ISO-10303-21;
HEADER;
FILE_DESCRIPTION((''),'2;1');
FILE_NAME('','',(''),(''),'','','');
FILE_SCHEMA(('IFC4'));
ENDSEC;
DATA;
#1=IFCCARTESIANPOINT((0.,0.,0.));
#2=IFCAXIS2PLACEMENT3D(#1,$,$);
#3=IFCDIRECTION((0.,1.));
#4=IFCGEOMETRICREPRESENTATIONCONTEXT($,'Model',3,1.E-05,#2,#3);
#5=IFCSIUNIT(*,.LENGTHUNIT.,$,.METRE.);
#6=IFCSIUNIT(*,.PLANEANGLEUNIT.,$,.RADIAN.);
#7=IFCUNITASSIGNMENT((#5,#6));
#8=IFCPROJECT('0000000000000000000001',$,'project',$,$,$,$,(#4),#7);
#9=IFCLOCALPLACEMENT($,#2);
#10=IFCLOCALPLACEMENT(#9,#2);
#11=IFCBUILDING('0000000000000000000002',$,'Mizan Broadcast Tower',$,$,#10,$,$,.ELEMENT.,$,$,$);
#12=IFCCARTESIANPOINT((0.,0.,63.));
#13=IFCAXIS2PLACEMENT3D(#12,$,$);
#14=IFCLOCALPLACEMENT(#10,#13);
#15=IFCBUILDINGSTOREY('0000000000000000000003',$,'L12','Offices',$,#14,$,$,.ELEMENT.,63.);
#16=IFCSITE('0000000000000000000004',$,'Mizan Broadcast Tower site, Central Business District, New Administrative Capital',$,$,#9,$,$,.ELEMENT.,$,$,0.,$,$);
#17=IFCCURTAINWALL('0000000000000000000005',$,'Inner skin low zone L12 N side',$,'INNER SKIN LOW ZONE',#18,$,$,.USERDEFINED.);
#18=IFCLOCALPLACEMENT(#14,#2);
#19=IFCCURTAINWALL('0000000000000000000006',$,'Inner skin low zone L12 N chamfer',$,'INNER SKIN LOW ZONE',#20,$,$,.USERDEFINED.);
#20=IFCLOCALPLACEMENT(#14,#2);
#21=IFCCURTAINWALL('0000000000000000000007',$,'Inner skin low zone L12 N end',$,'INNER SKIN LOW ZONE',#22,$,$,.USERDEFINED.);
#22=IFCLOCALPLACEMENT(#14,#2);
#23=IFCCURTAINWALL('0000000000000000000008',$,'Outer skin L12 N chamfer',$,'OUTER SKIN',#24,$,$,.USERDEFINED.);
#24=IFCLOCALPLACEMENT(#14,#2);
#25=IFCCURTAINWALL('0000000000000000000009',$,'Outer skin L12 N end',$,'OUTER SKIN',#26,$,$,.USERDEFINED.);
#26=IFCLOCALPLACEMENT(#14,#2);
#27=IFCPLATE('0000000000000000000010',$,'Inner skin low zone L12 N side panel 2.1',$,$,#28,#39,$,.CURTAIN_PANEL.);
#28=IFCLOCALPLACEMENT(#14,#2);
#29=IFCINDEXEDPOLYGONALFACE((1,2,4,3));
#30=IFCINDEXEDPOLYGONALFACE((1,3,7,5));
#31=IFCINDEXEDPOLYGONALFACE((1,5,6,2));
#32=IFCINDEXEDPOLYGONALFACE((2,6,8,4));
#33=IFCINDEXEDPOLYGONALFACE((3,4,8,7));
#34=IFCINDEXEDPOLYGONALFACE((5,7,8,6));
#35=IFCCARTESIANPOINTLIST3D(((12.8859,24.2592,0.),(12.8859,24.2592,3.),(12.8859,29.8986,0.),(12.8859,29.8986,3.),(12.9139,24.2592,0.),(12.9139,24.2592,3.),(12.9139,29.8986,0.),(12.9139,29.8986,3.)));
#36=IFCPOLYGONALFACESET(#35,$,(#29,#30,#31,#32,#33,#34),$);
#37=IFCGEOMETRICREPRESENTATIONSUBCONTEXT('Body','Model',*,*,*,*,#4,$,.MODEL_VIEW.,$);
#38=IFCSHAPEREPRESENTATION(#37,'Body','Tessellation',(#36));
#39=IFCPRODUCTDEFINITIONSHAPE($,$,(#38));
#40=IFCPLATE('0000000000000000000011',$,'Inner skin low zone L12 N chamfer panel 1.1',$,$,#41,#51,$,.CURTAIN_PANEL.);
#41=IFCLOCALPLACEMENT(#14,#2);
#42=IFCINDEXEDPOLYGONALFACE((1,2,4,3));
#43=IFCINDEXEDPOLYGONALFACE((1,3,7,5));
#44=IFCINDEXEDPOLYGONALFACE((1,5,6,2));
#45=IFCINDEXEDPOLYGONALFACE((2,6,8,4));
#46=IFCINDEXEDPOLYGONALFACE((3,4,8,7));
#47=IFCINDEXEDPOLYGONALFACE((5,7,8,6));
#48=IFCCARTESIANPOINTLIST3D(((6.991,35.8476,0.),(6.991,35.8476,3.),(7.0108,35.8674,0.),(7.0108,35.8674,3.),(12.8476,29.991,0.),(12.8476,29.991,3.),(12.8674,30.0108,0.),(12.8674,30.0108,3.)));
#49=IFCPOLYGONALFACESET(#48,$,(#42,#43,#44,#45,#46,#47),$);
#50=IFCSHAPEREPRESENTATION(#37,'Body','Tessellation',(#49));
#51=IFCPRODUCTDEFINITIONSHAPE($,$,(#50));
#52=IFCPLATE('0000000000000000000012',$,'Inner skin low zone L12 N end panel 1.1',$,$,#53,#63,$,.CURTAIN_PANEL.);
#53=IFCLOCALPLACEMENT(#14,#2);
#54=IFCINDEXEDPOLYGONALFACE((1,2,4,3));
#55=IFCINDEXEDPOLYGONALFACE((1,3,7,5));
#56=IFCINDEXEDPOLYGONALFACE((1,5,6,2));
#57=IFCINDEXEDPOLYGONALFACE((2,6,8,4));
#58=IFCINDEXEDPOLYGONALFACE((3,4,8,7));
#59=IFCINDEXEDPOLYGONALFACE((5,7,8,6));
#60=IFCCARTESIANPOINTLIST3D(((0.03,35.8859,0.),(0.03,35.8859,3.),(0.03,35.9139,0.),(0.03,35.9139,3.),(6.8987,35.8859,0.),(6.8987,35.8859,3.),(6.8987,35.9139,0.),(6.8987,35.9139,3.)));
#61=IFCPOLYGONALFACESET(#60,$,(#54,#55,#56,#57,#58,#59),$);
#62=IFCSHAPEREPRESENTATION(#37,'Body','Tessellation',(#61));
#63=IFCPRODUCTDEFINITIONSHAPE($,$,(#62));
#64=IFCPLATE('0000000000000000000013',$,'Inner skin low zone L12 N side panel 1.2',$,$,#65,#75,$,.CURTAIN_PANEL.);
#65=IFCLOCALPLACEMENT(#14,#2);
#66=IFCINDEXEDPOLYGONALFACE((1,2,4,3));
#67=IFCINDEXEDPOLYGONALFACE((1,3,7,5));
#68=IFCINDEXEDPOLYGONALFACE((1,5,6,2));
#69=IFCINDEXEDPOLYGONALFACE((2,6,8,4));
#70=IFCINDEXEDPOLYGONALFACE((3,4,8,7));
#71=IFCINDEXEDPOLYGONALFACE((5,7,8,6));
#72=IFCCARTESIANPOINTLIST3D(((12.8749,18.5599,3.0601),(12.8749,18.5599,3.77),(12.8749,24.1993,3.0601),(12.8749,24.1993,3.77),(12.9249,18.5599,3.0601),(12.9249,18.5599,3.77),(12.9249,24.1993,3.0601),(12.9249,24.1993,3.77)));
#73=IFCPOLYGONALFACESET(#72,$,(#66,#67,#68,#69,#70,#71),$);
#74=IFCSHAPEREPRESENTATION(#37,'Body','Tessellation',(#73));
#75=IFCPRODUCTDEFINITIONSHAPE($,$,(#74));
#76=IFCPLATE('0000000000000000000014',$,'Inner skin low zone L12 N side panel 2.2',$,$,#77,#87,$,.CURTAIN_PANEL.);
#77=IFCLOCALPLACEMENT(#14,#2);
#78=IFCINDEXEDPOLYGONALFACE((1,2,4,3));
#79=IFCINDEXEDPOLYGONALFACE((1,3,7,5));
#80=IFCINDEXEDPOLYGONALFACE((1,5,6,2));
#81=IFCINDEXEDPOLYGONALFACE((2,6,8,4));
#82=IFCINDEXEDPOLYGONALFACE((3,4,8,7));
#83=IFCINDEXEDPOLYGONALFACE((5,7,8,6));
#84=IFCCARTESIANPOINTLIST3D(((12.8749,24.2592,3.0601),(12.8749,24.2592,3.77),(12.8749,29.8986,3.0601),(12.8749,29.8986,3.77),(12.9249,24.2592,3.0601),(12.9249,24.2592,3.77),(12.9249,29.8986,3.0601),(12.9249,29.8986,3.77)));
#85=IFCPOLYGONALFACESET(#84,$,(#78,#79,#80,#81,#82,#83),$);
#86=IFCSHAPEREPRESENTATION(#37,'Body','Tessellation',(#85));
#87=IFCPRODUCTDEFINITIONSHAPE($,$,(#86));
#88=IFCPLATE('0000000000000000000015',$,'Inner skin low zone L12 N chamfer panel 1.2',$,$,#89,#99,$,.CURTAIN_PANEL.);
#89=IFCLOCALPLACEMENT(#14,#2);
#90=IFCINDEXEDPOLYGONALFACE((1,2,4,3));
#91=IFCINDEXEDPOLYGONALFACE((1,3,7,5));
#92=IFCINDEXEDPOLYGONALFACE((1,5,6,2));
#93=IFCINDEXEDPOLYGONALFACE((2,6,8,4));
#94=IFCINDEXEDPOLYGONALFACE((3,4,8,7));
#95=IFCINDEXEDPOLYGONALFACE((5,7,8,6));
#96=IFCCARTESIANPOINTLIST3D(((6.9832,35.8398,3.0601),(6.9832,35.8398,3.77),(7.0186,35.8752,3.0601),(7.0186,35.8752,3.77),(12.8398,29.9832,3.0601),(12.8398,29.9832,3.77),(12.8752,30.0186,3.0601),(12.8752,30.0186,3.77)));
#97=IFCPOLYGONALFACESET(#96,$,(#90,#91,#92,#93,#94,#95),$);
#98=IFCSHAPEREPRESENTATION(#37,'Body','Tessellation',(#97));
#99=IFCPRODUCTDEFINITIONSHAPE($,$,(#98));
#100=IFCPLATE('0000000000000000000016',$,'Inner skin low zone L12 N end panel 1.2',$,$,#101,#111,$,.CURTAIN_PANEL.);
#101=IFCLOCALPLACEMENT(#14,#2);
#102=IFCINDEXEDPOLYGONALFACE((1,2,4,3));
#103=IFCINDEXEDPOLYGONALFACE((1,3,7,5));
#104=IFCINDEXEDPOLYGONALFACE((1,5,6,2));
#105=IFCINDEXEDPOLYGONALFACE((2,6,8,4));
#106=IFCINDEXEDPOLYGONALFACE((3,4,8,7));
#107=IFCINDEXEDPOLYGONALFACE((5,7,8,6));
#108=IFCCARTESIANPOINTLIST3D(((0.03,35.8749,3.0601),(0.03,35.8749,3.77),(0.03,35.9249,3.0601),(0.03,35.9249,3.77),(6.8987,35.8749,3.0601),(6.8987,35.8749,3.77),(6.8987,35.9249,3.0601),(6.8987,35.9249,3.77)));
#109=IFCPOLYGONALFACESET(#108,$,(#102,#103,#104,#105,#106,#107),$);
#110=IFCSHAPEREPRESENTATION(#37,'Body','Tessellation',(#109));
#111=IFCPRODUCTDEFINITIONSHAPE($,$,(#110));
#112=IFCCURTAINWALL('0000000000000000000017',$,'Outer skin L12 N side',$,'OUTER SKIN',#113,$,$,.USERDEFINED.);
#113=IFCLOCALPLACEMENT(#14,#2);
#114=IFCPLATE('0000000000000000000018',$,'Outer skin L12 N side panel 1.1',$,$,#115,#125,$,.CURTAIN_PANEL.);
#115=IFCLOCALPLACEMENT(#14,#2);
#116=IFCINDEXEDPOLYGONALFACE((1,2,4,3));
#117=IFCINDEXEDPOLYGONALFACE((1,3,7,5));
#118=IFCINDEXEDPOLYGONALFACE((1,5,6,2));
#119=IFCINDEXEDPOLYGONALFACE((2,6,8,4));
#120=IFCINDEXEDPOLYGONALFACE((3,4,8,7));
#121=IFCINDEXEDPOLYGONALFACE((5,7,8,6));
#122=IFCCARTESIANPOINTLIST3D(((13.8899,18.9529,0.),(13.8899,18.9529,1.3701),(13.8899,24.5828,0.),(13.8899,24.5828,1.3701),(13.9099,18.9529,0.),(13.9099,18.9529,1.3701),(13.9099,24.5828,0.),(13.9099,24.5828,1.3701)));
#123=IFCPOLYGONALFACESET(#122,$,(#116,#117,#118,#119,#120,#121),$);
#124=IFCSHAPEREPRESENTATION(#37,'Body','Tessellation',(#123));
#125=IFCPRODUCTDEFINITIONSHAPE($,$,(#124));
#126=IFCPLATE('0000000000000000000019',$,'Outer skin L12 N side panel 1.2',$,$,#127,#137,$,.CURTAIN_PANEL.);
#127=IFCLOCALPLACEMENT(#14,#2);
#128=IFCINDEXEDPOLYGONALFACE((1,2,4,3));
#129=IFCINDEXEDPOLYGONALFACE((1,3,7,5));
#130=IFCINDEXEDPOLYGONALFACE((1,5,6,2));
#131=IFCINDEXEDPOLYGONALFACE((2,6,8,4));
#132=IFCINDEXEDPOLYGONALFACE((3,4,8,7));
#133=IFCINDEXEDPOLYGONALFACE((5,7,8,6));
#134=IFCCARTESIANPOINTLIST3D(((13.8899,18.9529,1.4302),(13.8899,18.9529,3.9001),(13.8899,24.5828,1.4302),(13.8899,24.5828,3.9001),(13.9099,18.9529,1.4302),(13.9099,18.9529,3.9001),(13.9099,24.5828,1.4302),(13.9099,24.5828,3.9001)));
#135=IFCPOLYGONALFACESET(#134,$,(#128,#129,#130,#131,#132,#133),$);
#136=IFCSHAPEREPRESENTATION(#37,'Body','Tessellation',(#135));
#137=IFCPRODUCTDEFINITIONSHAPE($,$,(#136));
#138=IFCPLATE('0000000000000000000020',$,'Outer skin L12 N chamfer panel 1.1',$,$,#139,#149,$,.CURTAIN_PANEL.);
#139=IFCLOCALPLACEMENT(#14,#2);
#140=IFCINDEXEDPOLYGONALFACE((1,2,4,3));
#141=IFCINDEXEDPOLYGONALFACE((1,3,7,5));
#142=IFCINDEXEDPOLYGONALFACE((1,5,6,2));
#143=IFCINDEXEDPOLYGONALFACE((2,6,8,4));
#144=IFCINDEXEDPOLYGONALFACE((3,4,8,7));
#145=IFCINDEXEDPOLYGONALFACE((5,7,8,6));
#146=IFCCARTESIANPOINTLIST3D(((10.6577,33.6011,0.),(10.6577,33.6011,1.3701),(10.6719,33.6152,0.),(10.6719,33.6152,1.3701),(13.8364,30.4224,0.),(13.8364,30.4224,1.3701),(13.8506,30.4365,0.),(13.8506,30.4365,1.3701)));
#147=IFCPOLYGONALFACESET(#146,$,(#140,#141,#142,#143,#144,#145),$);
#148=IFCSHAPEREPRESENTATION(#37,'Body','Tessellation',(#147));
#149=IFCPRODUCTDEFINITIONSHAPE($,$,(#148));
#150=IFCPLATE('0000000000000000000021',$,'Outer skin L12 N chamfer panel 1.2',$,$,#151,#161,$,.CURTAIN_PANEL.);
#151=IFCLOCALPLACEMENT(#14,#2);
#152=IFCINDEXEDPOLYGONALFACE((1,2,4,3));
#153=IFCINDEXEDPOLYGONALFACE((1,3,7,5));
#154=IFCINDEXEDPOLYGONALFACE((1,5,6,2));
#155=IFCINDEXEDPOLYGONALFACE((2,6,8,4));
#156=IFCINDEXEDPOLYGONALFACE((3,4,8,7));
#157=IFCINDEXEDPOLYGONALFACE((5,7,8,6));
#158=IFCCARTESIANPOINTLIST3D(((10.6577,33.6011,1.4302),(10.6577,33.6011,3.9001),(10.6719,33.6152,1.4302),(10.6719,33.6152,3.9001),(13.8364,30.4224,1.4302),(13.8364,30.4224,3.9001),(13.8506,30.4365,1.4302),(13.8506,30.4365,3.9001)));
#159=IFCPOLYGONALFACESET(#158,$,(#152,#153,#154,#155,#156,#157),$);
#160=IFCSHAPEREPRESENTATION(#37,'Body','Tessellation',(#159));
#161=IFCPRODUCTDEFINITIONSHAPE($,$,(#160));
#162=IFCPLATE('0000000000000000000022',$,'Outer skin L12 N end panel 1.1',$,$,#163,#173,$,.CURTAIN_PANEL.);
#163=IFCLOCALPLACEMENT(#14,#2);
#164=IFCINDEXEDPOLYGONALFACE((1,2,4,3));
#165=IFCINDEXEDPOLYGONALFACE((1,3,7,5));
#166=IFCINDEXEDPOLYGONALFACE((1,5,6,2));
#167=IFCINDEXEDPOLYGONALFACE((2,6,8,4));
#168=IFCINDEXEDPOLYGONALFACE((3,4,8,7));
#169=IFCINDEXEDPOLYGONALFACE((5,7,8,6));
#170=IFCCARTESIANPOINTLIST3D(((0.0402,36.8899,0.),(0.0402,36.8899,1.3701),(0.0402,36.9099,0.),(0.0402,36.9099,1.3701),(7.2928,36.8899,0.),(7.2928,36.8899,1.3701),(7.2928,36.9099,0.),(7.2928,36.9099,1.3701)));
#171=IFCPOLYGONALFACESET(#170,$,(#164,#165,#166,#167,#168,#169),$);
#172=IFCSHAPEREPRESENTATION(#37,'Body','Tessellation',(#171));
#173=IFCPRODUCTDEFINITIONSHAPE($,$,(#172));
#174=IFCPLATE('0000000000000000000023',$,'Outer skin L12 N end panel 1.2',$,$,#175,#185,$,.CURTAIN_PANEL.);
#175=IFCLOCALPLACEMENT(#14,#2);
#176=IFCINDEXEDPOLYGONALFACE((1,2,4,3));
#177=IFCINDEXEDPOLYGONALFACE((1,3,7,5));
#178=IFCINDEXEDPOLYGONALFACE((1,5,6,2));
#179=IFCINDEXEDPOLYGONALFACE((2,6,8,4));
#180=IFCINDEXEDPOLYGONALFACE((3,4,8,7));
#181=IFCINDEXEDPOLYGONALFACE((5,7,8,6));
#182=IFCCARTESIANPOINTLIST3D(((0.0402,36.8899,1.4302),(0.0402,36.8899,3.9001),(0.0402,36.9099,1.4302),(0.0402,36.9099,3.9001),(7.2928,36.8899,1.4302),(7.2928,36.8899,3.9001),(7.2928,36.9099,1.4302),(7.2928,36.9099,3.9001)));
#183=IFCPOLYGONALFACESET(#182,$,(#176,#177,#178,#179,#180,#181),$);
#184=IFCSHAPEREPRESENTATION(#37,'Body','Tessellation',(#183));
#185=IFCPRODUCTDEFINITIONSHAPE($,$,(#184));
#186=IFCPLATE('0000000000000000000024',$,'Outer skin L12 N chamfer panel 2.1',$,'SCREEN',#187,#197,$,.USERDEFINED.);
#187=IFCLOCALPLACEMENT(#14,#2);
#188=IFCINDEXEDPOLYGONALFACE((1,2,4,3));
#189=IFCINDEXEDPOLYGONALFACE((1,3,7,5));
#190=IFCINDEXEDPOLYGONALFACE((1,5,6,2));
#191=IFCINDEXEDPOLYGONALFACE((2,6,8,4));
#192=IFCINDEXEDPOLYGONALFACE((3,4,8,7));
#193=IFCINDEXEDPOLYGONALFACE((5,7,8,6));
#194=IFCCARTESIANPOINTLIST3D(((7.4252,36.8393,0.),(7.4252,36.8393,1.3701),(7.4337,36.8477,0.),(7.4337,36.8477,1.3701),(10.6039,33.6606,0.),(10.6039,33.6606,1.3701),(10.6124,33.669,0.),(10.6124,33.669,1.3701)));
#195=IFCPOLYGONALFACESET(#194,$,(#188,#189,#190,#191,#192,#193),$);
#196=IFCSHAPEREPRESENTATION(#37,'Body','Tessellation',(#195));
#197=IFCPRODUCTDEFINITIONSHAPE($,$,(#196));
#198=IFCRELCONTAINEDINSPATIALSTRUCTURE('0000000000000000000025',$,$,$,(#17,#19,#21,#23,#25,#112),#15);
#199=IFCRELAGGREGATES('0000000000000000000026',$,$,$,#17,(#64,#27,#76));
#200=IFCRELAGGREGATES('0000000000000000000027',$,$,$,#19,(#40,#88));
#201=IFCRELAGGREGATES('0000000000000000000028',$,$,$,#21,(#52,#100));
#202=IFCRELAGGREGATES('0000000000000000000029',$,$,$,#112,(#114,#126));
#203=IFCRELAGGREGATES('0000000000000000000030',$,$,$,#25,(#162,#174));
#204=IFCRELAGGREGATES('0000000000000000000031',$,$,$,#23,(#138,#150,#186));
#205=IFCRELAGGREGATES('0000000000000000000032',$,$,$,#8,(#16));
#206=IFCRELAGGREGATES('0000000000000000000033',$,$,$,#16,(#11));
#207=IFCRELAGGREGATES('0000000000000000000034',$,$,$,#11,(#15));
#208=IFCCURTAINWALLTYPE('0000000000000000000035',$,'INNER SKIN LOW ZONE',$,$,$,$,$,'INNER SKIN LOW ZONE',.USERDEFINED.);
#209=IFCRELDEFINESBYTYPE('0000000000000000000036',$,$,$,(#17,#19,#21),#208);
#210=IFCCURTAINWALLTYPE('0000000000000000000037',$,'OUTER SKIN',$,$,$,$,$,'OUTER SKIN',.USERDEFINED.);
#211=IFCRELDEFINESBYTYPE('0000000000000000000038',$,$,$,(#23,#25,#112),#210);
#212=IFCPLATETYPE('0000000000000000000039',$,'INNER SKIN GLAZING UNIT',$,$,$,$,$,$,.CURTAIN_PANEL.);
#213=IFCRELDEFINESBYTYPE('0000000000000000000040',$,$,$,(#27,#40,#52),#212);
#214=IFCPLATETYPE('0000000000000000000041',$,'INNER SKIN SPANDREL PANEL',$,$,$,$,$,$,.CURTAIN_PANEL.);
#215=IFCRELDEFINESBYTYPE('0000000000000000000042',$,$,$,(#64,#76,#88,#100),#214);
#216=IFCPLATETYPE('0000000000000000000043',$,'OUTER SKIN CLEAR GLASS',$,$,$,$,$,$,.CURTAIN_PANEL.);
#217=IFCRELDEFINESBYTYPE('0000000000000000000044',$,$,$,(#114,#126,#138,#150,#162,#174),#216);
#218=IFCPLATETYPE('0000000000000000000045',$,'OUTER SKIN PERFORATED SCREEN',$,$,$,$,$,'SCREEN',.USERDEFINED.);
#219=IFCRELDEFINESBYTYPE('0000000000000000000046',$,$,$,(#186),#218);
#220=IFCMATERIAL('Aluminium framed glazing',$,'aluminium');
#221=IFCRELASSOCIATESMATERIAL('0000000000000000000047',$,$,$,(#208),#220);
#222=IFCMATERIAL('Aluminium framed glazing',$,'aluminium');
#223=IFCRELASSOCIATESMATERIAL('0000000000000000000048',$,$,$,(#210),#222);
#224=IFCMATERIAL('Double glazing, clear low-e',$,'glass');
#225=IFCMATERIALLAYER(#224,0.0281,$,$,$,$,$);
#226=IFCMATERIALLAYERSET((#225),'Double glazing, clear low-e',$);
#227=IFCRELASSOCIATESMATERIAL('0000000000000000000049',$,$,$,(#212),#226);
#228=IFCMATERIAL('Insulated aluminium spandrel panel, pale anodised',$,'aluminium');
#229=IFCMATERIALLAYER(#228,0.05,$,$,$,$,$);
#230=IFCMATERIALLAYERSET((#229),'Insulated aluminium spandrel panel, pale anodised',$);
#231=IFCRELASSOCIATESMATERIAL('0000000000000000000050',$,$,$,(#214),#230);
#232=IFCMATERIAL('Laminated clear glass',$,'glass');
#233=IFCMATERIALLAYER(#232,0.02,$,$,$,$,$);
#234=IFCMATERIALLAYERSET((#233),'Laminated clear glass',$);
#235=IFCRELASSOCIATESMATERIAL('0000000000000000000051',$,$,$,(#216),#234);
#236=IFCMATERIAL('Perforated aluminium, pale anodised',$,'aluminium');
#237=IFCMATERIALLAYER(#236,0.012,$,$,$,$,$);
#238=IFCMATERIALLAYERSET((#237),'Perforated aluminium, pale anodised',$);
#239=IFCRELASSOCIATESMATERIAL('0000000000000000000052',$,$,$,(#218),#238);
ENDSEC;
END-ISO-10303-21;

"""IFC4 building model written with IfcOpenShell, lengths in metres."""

from ifc_helpers import new_model, si_unit, direction, frame, origin, origin_2d, place, context, subcontext, project, spatial, rectangle, extrude, material, layer, layer_set, type_object, element, aggregate, save


model = new_model("IFC4")

# Units and contexts
model_context = context("Model", 3, precision=1e-05, world=origin(), true_north=direction((0.0, 1.0)))
body_context = subcontext(model_context, "Body", "Model", "MODEL_VIEW")
ifc_project = project(units=[si_unit("LENGTHUNIT", "METRE"), si_unit("PLANEANGLEUNIT", "RADIAN")], contexts=[model_context])

# Site, building, storey
site_placement = place(None, origin())
site = spatial("IfcSite", under=ifc_project, at=site_placement, Name="Mizan Broadcast Tower site, Central Business District, New Administrative Capital", CompositionType="ELEMENT", RefElevation=0.0)
building_placement = place(site_placement, origin())
building = spatial("IfcBuilding", under=site, at=building_placement, Name="Mizan Broadcast Tower", CompositionType="ELEMENT")
storey_placement = place(building_placement, frame((0.0, 0.0, 63.0)))
storey = spatial("IfcBuildingStorey", under=building, at=storey_placement, Name="L12", Description="Offices", CompositionType="ELEMENT", Elevation=63.0)

# Curtain wall
ifc_material_1 = material(Name="Aluminium framed glazing", Category="aluminium")
curtain_wall_type_1 = type_object("IfcCurtainWallType", Name="INNER SKIN LOW ZONE", ElementType="INNER SKIN LOW ZONE", PredefinedType="USERDEFINED", material=ifc_material_1)
curtain_wall_1_placement = place(storey_placement, origin())
curtain_wall_1 = element("IfcCurtainWall", 1, at=curtain_wall_1_placement, inside=storey, type_object=curtain_wall_type_1, Name="Inner skin low zone L12 N side", ObjectType="INNER SKIN LOW ZONE", PredefinedType="USERDEFINED")

# Curtain walls
curtain_wall_2_placement = place(storey_placement, origin())
curtain_wall_2 = element("IfcCurtainWall", 2, at=curtain_wall_2_placement, inside=storey, type_object=curtain_wall_type_1, Name="Inner skin low zone L12 N chamfer", ObjectType="INNER SKIN LOW ZONE", PredefinedType="USERDEFINED")
curtain_wall_3_placement = place(storey_placement, origin())
curtain_wall_3 = element("IfcCurtainWall", 3, at=curtain_wall_3_placement, inside=storey, type_object=curtain_wall_type_1, Name="Inner skin low zone L12 N end", ObjectType="INNER SKIN LOW ZONE", PredefinedType="USERDEFINED")

# Curtain wall
ifc_material_2 = material(Name="Aluminium framed glazing", Category="aluminium")
curtain_wall_type_2 = type_object("IfcCurtainWallType", Name="OUTER SKIN", ElementType="OUTER SKIN", PredefinedType="USERDEFINED", material=ifc_material_2)
curtain_wall_4_placement = place(storey_placement, origin())
curtain_wall_4 = element("IfcCurtainWall", 4, at=curtain_wall_4_placement, inside=storey, type_object=curtain_wall_type_2, Name="Outer skin L12 N chamfer", ObjectType="OUTER SKIN", PredefinedType="USERDEFINED")

# Curtain wall
curtain_wall_5_placement = place(storey_placement, origin())
curtain_wall_5 = element("IfcCurtainWall", 5, at=curtain_wall_5_placement, inside=storey, type_object=curtain_wall_type_2, Name="Outer skin L12 N end", ObjectType="OUTER SKIN", PredefinedType="USERDEFINED")

# Plates
ifc_material_3 = material(Name="Double glazing, clear low-e", Category="glass")
ifc_layer_1 = layer(ifc_material_3, 0.0281)
ifc_layer_set_1 = layer_set([ifc_layer_1], Name="Double glazing, clear low-e")
plate_type_1 = type_object("IfcPlateType", Name="INNER SKIN GLAZING UNIT", PredefinedType="CURTAIN_PANEL", material=ifc_layer_set_1)
plate_1_placement = place(storey_placement, frame((12.8999, 27.0789, 0.0), z_axis=(0.0, 0.0, 1.0), x_axis=(0.0, 1.0, 0.0)))
plate_1 = element("IfcPlate", 6, at=plate_1_placement, type_object=plate_type_1, Name="Inner skin low zone L12 N side panel 2.1", PredefinedType="CURTAIN_PANEL", context=body_context, shape_type="SweptSolid", body=[
    extrude(rectangle(XDim=5.6394, YDim=0.0281, at=origin_2d()), origin(), (0.0, 0.0, 1.0), 3.0),
])
plate_2_placement = place(storey_placement, frame((9.9292, 32.9292, 0.0), z_axis=(0.0, 0.0, 1.0), x_axis=(-0.707107, 0.707107, 0.0)))
plate_2 = element("IfcPlate", 7, at=plate_2_placement, type_object=plate_type_1, Name="Inner skin low zone L12 N chamfer panel 1.1", PredefinedType="CURTAIN_PANEL", context=body_context, shape_type="SweptSolid", body=[
    extrude(rectangle(XDim=8.2825, YDim=0.0281, at=origin_2d()), origin(), (0.0, 0.0, 1.0), 3.0),
])
plate_3_placement = place(storey_placement, frame((3.4644, 35.8999, 0.0), z_axis=(0.0, 0.0, 1.0), x_axis=(-1.0, 0.0, 0.0)))
plate_3 = element("IfcPlate", 8, at=plate_3_placement, type_object=plate_type_1, Name="Inner skin low zone L12 N end panel 1.1", PredefinedType="CURTAIN_PANEL", context=body_context, shape_type="SweptSolid", body=[
    extrude(rectangle(XDim=6.8687, YDim=0.0281, at=origin_2d()), origin(), (0.0, 0.0, 1.0), 3.0),
])
ifc_material_4 = material(Name="Insulated aluminium spandrel panel, pale anodised", Category="aluminium")
ifc_layer_2 = layer(ifc_material_4, 0.05)
ifc_layer_set_2 = layer_set([ifc_layer_2], Name="Insulated aluminium spandrel panel, pale anodised")
plate_type_2 = type_object("IfcPlateType", Name="INNER SKIN SPANDREL PANEL", PredefinedType="CURTAIN_PANEL", material=ifc_layer_set_2)
plate_4_placement = place(storey_placement, frame((12.8999, 21.3796, 3.0601), z_axis=(0.0, 0.0, 1.0), x_axis=(0.0, 1.0, 0.0)))
plate_4 = element("IfcPlate", 9, at=plate_4_placement, type_object=plate_type_2, Name="Inner skin low zone L12 N side panel 1.2", PredefinedType="CURTAIN_PANEL", context=body_context, shape_type="SweptSolid", body=[
    extrude(rectangle(XDim=5.6394, YDim=0.05, at=origin_2d()), origin(), (0.0, 0.0, 1.0), 0.71),
])
plate_5_placement = place(storey_placement, frame((12.8999, 27.0789, 3.0601), z_axis=(0.0, 0.0, 1.0), x_axis=(0.0, 1.0, 0.0)))
plate_5 = element("IfcPlate", 10, at=plate_5_placement, type_object=plate_type_2, Name="Inner skin low zone L12 N side panel 2.2", PredefinedType="CURTAIN_PANEL", context=body_context, shape_type="SweptSolid", body=[
    extrude(rectangle(XDim=5.6394, YDim=0.05, at=origin_2d()), origin(), (0.0, 0.0, 1.0), 0.71),
])
aggregate(curtain_wall_1, [plate_4, plate_1, plate_5])
plate_6_placement = place(storey_placement, frame((9.9292, 32.9292, 3.0601), z_axis=(0.0, 0.0, 1.0), x_axis=(-0.707107, 0.707107, 0.0)))
plate_6 = element("IfcPlate", 11, at=plate_6_placement, type_object=plate_type_2, Name="Inner skin low zone L12 N chamfer panel 1.2", PredefinedType="CURTAIN_PANEL", context=body_context, shape_type="SweptSolid", body=[
    extrude(rectangle(XDim=8.2825, YDim=0.05, at=origin_2d()), origin(), (0.0, 0.0, 1.0), 0.71),
])
aggregate(curtain_wall_2, [plate_2, plate_6])
plate_7_placement = place(storey_placement, frame((3.4644, 35.8999, 3.0601), z_axis=(0.0, 0.0, 1.0), x_axis=(-1.0, 0.0, 0.0)))
plate_7 = element("IfcPlate", 12, at=plate_7_placement, type_object=plate_type_2, Name="Inner skin low zone L12 N end panel 1.2", PredefinedType="CURTAIN_PANEL", context=body_context, shape_type="SweptSolid", body=[
    extrude(rectangle(XDim=6.8687, YDim=0.05, at=origin_2d()), origin(), (0.0, 0.0, 1.0), 0.71),
])
aggregate(curtain_wall_3, [plate_3, plate_7])

# Curtain wall, plates
curtain_wall_6_placement = place(storey_placement, origin())
curtain_wall_6 = element("IfcCurtainWall", 13, at=curtain_wall_6_placement, inside=storey, type_object=curtain_wall_type_2, Name="Outer skin L12 N side", ObjectType="OUTER SKIN", PredefinedType="USERDEFINED")
ifc_material_5 = material(Name="Laminated clear glass", Category="glass")
ifc_layer_3 = layer(ifc_material_5, 0.02)
ifc_layer_set_3 = layer_set([ifc_layer_3], Name="Laminated clear glass")
plate_type_3 = type_object("IfcPlateType", Name="OUTER SKIN CLEAR GLASS", PredefinedType="CURTAIN_PANEL", material=ifc_layer_set_3)
plate_8_placement = place(storey_placement, frame((13.8999, 21.7678, 0.0), z_axis=(0.0, 0.0, 1.0), x_axis=(0.0, 1.0, 0.0)))
plate_8 = element("IfcPlate", 14, at=plate_8_placement, type_object=plate_type_3, Name="Outer skin L12 N side panel 1.1", PredefinedType="CURTAIN_PANEL", context=body_context, shape_type="SweptSolid", body=[
    extrude(rectangle(XDim=5.6299, YDim=0.02, at=origin_2d()), origin(), (0.0, 0.0, 1.0), 1.3701),
])
plate_9_placement = place(storey_placement, frame((13.8999, 21.7678, 1.4302), z_axis=(0.0, 0.0, 1.0), x_axis=(0.0, 1.0, 0.0)))
plate_9 = element("IfcPlate", 15, at=plate_9_placement, type_object=plate_type_3, Name="Outer skin L12 N side panel 1.2", PredefinedType="CURTAIN_PANEL", context=body_context, shape_type="SweptSolid", body=[
    extrude(rectangle(XDim=5.6299, YDim=0.02, at=origin_2d()), origin(), (0.0, 0.0, 1.0), 2.47),
])
aggregate(curtain_wall_6, [plate_8, plate_9])

# Plates
plate_10_placement = place(storey_placement, frame((12.2542, 32.0188, 0.0), z_axis=(0.0, 0.0, 1.0), x_axis=(-0.707107, 0.707107, 0.0)))
plate_10 = element("IfcPlate", 16, at=plate_10_placement, type_object=plate_type_3, Name="Outer skin L12 N chamfer panel 1.1", PredefinedType="CURTAIN_PANEL", context=body_context, shape_type="SweptSolid", body=[
    extrude(rectangle(XDim=4.4954, YDim=0.02, at=origin_2d()), origin(), (0.0, 0.0, 1.0), 1.3701),
])
plate_11_placement = place(storey_placement, frame((12.2542, 32.0188, 1.4302), z_axis=(0.0, 0.0, 1.0), x_axis=(-0.707107, 0.707107, 0.0)))
plate_11 = element("IfcPlate", 17, at=plate_11_placement, type_object=plate_type_3, Name="Outer skin L12 N chamfer panel 1.2", PredefinedType="CURTAIN_PANEL", context=body_context, shape_type="SweptSolid", body=[
    extrude(rectangle(XDim=4.4954, YDim=0.02, at=origin_2d()), origin(), (0.0, 0.0, 1.0), 2.47),
])
plate_12_placement = place(storey_placement, frame((3.6665, 36.8999, 0.0), z_axis=(0.0, 0.0, 1.0), x_axis=(-1.0, 0.0, 0.0)))
plate_12 = element("IfcPlate", 18, at=plate_12_placement, type_object=plate_type_3, Name="Outer skin L12 N end panel 1.1", PredefinedType="CURTAIN_PANEL", context=body_context, shape_type="SweptSolid", body=[
    extrude(rectangle(XDim=7.2527, YDim=0.02, at=origin_2d()), origin(), (0.0, 0.0, 1.0), 1.3701),
])
plate_13_placement = place(storey_placement, frame((3.6665, 36.8999, 1.4302), z_axis=(0.0, 0.0, 1.0), x_axis=(-1.0, 0.0, 0.0)))
plate_13 = element("IfcPlate", 19, at=plate_13_placement, type_object=plate_type_3, Name="Outer skin L12 N end panel 1.2", PredefinedType="CURTAIN_PANEL", context=body_context, shape_type="SweptSolid", body=[
    extrude(rectangle(XDim=7.2527, YDim=0.02, at=origin_2d()), origin(), (0.0, 0.0, 1.0), 2.47),
])
aggregate(curtain_wall_5, [plate_12, plate_13])
ifc_material_6 = material(Name="Perforated aluminium, pale anodised", Category="aluminium")
ifc_layer_4 = layer(ifc_material_6, 0.012)
ifc_layer_set_4 = layer_set([ifc_layer_4], Name="Perforated aluminium, pale anodised")
plate_type_4 = type_object("IfcPlateType", Name="OUTER SKIN PERFORATED SCREEN", ElementType="SCREEN", PredefinedType="USERDEFINED", material=ifc_layer_set_4)
plate_14_placement = place(storey_placement, frame((9.0188, 35.2542, 0.0), z_axis=(0.0, 0.0, 1.0), x_axis=(-0.707107, 0.707107, 0.0)))
plate_14 = element("IfcPlate", 20, at=plate_14_placement, type_object=plate_type_4, Name="Outer skin L12 N chamfer panel 2.1", ObjectType="SCREEN", PredefinedType="USERDEFINED", context=body_context, shape_type="SweptSolid", body=[
    extrude(rectangle(XDim=4.4954, YDim=0.012, at=origin_2d()), origin(), (0.0, 0.0, 1.0), 1.3701),
])
aggregate(curtain_wall_4, [plate_10, plate_11, plate_14])

save(model, "model.ifc")
